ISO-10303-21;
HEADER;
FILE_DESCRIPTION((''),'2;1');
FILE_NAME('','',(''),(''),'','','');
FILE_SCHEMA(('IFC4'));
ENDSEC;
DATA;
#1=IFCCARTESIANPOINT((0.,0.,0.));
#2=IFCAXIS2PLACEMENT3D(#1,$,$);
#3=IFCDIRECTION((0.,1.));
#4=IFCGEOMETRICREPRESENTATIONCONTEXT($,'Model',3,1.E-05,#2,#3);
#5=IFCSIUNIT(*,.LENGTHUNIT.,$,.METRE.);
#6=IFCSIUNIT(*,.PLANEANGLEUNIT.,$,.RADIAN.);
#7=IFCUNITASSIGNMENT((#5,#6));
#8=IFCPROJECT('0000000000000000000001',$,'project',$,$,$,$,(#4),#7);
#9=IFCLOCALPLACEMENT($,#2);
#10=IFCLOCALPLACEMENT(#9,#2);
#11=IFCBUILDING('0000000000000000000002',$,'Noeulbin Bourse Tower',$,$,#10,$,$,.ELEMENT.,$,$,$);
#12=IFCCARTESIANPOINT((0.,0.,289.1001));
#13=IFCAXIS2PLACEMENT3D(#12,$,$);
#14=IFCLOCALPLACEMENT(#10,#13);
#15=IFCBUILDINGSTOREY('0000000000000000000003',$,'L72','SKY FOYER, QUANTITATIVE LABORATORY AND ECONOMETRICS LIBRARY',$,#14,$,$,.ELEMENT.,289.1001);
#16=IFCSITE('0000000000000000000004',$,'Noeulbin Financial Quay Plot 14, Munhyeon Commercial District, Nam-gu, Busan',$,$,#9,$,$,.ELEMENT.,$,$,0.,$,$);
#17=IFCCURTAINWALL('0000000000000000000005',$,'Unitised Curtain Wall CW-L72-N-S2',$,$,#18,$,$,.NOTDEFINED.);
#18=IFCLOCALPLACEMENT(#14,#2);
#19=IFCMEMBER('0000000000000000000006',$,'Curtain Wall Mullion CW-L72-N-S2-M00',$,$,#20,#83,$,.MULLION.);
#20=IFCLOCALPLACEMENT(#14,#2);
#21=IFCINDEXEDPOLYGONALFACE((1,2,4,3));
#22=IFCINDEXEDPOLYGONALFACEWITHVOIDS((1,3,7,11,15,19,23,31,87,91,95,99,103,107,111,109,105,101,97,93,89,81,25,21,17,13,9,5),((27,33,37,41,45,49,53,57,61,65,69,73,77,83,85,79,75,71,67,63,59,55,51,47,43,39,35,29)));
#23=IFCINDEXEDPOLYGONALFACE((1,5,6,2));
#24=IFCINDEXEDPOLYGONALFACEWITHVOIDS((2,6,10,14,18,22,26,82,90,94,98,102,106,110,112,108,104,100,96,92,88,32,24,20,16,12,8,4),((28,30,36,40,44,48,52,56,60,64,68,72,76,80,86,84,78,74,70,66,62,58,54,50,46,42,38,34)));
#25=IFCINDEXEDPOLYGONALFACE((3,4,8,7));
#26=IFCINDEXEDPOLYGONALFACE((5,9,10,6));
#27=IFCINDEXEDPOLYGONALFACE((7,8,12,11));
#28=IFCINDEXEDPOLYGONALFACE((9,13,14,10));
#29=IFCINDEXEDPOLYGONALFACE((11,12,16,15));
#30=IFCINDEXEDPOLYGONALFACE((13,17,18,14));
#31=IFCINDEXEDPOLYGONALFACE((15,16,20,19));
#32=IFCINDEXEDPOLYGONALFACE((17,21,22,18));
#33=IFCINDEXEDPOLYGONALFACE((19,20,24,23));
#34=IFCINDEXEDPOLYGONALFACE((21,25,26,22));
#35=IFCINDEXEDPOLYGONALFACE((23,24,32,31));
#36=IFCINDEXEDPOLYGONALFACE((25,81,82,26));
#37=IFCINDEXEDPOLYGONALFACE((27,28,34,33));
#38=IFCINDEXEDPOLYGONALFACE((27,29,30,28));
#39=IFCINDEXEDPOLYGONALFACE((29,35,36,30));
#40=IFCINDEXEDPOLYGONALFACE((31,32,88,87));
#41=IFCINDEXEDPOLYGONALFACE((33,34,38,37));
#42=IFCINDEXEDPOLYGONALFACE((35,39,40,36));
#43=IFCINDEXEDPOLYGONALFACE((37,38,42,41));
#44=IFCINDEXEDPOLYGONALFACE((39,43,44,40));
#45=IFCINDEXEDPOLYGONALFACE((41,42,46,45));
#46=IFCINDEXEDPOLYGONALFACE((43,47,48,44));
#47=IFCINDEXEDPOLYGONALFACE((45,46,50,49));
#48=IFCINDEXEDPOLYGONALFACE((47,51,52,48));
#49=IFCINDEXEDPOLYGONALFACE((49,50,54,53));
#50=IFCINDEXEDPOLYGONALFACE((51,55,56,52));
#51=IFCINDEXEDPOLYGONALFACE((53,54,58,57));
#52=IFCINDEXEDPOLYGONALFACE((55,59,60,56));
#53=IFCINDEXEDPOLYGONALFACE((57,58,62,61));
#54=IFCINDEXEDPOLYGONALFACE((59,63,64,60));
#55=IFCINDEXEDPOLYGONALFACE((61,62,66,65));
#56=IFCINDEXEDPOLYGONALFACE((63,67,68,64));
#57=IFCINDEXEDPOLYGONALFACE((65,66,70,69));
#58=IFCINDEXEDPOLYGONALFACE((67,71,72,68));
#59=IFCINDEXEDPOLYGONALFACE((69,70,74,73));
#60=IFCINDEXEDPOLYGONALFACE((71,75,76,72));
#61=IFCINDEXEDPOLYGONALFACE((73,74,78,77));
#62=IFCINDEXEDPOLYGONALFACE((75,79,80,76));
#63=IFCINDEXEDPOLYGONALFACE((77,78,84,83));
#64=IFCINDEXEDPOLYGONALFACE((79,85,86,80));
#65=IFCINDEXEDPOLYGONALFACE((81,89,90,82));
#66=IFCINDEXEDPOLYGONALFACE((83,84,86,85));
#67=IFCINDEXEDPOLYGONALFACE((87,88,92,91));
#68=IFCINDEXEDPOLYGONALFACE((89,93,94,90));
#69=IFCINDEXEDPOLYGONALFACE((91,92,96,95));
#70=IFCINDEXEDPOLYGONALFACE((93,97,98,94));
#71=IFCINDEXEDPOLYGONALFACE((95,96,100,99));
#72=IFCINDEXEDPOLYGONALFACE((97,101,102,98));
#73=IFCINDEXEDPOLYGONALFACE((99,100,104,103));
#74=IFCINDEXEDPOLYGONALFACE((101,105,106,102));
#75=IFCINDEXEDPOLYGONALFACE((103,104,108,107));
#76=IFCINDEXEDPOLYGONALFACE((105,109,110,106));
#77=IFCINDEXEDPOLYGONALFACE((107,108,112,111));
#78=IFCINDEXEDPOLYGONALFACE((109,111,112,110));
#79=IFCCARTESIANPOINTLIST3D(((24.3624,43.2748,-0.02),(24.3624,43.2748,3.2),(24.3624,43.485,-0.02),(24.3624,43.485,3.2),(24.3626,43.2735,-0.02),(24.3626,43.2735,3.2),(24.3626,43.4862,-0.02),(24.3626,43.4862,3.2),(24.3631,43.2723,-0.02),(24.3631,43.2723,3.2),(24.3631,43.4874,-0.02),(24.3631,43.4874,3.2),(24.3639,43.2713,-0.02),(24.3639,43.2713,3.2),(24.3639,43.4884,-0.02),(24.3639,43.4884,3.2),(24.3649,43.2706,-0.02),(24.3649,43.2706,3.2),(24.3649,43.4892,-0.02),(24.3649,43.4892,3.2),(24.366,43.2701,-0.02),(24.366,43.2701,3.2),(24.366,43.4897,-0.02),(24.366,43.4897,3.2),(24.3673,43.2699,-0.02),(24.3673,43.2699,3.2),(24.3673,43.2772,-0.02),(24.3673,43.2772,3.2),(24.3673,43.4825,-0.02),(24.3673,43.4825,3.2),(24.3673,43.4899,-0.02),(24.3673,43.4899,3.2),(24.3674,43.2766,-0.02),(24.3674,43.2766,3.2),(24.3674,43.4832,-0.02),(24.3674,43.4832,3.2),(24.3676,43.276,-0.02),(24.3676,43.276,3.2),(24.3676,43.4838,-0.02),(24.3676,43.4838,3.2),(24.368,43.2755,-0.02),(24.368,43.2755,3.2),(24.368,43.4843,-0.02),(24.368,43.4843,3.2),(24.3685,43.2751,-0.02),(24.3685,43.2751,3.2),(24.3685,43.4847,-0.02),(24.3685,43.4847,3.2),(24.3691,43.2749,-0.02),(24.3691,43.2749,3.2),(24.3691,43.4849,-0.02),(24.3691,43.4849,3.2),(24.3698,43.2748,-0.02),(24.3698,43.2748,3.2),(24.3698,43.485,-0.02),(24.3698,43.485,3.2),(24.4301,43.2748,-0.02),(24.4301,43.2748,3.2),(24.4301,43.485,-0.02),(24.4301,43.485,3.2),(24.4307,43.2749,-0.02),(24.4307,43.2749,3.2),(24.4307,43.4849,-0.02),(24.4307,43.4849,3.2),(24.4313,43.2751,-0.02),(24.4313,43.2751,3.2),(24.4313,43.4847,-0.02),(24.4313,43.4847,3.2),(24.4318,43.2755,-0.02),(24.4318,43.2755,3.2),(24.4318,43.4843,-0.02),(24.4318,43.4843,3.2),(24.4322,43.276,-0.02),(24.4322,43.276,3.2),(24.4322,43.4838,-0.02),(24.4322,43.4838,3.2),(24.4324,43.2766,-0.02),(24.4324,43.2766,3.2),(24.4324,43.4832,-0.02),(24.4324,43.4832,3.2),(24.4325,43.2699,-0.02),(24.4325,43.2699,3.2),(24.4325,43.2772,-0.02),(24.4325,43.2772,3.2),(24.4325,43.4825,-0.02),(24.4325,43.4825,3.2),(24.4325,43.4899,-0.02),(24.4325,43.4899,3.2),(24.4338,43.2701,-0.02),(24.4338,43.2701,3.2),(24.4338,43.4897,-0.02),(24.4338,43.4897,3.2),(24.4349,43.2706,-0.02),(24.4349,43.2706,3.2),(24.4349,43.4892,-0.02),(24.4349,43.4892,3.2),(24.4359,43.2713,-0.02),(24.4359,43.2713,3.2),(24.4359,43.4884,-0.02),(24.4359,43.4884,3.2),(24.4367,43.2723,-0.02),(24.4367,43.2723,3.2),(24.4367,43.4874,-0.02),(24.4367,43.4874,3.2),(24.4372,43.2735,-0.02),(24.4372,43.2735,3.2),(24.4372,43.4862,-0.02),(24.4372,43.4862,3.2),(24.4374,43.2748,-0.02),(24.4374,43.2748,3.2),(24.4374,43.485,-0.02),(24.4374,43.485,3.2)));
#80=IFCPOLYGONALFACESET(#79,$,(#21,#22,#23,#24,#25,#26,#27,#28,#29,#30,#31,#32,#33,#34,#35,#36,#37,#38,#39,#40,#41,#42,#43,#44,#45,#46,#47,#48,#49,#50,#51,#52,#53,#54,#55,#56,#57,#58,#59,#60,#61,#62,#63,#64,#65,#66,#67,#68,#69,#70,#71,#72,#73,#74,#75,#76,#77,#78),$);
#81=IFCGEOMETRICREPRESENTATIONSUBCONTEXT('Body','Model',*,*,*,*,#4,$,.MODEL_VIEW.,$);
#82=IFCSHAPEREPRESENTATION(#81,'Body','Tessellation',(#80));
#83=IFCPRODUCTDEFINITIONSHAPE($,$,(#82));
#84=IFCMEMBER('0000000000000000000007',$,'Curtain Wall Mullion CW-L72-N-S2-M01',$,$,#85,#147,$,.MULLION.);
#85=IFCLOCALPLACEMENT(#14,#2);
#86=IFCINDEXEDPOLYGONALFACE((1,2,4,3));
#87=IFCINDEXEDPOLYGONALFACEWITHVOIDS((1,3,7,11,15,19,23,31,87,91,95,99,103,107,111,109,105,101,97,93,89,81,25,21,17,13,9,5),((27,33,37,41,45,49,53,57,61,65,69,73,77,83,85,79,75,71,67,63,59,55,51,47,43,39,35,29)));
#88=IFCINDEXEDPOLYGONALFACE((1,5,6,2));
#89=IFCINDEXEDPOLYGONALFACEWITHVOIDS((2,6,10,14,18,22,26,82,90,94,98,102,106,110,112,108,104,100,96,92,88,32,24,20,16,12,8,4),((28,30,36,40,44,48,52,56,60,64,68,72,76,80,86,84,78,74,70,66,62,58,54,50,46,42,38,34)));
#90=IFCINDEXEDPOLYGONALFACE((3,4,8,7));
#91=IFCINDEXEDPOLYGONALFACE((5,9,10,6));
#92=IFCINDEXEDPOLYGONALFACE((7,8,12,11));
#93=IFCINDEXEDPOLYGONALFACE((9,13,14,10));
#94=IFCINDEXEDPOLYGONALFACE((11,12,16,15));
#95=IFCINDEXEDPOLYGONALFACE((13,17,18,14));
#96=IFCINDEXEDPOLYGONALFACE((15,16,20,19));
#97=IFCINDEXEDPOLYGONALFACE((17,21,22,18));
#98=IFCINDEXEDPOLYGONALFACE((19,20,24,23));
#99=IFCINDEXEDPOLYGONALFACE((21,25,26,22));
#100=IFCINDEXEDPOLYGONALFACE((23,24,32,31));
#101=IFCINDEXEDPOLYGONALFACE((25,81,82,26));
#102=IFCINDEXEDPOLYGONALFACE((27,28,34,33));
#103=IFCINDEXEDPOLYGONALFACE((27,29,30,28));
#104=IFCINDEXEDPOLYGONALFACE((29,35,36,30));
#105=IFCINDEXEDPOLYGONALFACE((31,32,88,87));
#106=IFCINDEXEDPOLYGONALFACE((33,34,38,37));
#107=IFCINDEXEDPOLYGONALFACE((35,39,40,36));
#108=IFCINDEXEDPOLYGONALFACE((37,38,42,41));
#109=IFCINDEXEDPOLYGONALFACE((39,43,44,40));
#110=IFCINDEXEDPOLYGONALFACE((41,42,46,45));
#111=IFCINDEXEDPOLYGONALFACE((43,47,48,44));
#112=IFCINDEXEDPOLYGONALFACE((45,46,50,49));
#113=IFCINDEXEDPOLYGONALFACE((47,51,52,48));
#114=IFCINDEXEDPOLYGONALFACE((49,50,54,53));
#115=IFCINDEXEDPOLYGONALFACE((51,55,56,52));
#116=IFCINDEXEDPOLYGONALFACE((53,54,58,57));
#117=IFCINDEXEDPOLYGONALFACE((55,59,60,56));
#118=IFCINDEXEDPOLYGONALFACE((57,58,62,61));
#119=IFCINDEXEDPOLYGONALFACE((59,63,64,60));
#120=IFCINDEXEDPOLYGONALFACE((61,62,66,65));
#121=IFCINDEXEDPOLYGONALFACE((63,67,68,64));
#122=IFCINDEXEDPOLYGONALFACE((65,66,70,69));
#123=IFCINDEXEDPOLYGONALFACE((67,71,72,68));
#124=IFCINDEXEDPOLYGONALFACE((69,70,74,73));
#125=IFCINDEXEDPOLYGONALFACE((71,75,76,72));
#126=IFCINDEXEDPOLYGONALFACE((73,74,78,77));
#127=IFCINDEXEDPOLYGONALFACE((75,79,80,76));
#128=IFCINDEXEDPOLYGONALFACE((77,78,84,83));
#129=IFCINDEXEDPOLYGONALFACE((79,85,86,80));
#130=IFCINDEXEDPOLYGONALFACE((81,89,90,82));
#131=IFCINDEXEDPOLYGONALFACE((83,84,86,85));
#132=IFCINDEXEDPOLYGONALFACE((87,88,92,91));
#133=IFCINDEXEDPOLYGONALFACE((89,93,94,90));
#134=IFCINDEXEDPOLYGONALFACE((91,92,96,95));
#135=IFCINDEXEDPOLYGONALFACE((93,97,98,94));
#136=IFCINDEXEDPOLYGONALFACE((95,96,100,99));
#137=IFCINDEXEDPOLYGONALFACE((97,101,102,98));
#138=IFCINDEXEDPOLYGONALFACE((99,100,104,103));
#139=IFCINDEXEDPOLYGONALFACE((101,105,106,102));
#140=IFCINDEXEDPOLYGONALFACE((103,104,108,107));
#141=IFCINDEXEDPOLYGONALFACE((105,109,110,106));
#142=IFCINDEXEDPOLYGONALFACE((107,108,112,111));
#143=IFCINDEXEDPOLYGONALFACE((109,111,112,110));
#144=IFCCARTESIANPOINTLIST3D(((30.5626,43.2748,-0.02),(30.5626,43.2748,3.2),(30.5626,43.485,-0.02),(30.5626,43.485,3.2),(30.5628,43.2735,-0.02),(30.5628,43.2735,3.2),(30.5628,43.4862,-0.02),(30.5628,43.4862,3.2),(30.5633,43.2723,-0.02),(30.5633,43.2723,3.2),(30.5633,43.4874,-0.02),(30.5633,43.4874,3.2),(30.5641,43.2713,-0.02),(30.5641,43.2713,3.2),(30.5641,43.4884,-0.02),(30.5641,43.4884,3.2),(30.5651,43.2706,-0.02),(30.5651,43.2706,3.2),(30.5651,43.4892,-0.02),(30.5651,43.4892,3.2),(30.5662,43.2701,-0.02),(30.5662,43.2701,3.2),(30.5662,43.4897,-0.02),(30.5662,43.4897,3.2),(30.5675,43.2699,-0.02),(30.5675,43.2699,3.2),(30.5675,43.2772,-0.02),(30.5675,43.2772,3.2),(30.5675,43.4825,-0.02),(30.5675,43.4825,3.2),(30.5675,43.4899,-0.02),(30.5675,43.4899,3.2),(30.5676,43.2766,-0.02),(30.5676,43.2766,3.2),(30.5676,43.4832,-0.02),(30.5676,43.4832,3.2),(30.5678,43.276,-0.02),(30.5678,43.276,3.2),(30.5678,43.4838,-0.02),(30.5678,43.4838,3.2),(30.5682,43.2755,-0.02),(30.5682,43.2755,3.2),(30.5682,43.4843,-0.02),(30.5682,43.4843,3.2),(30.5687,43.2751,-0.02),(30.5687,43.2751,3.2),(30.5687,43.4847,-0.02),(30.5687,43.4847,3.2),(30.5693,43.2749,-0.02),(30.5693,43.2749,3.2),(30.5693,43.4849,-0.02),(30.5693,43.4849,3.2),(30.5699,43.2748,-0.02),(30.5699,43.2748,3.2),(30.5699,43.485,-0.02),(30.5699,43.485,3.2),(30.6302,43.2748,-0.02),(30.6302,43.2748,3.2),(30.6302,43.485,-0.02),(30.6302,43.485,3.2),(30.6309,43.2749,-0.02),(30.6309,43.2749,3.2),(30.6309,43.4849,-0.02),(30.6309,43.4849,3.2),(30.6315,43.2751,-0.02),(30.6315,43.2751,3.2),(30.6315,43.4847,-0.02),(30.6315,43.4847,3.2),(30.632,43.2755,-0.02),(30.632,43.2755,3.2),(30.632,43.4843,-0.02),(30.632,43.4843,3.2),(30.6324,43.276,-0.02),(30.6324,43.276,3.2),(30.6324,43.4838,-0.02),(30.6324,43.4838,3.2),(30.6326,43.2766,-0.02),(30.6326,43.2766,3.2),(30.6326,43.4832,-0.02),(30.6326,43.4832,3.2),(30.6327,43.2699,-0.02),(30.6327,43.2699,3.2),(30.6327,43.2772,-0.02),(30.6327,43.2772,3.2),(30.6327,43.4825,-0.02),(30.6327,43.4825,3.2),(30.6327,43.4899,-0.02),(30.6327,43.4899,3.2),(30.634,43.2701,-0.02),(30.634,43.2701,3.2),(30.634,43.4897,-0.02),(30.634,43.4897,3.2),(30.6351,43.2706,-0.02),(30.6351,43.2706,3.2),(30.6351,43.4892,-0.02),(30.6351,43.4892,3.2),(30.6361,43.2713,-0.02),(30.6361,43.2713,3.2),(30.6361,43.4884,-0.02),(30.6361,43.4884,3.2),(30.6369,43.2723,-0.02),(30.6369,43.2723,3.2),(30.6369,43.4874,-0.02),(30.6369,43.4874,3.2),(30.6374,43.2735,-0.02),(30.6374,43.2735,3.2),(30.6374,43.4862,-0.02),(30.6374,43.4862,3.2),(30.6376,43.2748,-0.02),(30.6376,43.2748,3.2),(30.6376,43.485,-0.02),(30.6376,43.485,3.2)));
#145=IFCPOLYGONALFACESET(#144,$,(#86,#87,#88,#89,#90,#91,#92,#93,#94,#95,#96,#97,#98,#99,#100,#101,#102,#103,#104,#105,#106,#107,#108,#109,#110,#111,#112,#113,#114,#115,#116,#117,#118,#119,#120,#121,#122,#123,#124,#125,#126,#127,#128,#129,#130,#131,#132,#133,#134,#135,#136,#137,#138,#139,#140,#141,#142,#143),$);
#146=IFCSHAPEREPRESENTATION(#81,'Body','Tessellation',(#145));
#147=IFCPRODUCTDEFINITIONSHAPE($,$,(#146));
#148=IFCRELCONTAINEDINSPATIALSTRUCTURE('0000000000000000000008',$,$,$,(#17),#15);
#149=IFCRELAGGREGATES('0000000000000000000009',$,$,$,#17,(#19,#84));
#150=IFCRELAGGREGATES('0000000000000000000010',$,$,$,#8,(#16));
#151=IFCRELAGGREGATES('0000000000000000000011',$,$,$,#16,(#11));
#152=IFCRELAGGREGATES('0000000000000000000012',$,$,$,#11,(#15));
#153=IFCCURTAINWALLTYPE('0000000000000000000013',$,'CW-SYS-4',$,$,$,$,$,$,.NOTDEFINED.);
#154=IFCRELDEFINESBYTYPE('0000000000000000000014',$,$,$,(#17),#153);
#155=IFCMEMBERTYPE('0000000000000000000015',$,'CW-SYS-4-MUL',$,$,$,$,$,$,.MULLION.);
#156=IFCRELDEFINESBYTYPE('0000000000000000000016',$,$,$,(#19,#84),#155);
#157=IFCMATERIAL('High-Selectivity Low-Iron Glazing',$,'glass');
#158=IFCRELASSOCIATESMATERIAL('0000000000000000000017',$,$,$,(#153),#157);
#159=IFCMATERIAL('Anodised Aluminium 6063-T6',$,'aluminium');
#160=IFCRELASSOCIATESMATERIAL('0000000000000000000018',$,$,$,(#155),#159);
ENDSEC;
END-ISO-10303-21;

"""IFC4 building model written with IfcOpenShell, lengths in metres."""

from ifc_helpers import new_model, si_unit, direction, frame, origin, origin_2d, place, context, subcontext, project, spatial, hollow_rectangle, extrude, material, material_profile, profile_set, type_object, element, aggregate, save


model = new_model("IFC4")

# Units and contexts
model_context = context("Model", 3, precision=1e-05, world=origin(), true_north=direction((0.0, 1.0)))
body_context = subcontext(model_context, "Body", "Model", "MODEL_VIEW")
ifc_project = project(units=[si_unit("LENGTHUNIT", "METRE"), si_unit("PLANEANGLEUNIT", "RADIAN")], contexts=[model_context])

# Site, building, storey
site_placement = place(None, origin())
site = spatial("IfcSite", under=ifc_project, at=site_placement, Name="Noeulbin Financial Quay Plot 14, Munhyeon Commercial District, Nam-gu, Busan", CompositionType="ELEMENT", RefElevation=0.0)
building_placement = place(site_placement, origin())
building = spatial("IfcBuilding", under=site, at=building_placement, Name="Noeulbin Bourse Tower", CompositionType="ELEMENT")
storey_placement = place(building_placement, frame((0.0, 0.0, 289.1001)))
storey = spatial("IfcBuildingStorey", under=building, at=storey_placement, Name="L72", Description="SKY FOYER, QUANTITATIVE LABORATORY AND ECONOMETRICS LIBRARY", CompositionType="ELEMENT", Elevation=289.1001)

# Curtain wall, members
ifc_material_1 = material(Name="High-Selectivity Low-Iron Glazing", Category="glass")
curtain_wall_type = type_object("IfcCurtainWallType", Name="CW-SYS-4", PredefinedType="NOTDEFINED", material=ifc_material_1)
ifc_material_2 = material(Name="Anodised Aluminium 6063-T6", Category="aluminium")
ifc_material_profile_1 = material_profile(ifc_material_2, hollow_rectangle(XDim=0.075, YDim=0.22, WallThickness=0.0049, InnerFilletRadius=0.0024, OuterFilletRadius=0.0049, at=origin_2d()), Name="ALU-MULL-75x220x5", Category="LoadBearing")
ifc_profile_set_1 = profile_set([ifc_material_profile_1], Name="Anodised Aluminium 6063-T6")
member_type_1 = type_object("IfcMemberType", Name="CW-SYS-4-MUL", PredefinedType="MULLION", material=ifc_profile_set_1)
curtain_wall_1_placement = place(storey_placement, origin())
curtain_wall_1 = element("IfcCurtainWall", 1, at=curtain_wall_1_placement, inside=storey, type_object=curtain_wall_type, Name="Unitised Curtain Wall CW-L72-N-S2", PredefinedType="NOTDEFINED")
member_1_placement = place(storey_placement, frame((24.3999, 43.3799, -0.02), z_axis=(0.0, 0.0, 1.0), x_axis=(1.0, 0.0, 0.0)))
member_1 = element("IfcMember", 2, at=member_1_placement, type_object=member_type_1, Name="Curtain Wall Mullion CW-L72-N-S2-M00", PredefinedType="MULLION", context=body_context, shape_type="SweptSolid", body=[
    extrude(hollow_rectangle(XDim=0.075, YDim=0.22, WallThickness=0.0049, InnerFilletRadius=0.0024, OuterFilletRadius=0.0049, at=origin_2d()), origin(), (0.0, 0.0, 1.0), 3.22),
])
member_2_placement = place(storey_placement, frame((30.6001, 43.3799, -0.02), z_axis=(0.0, 0.0, 1.0), x_axis=(1.0, 0.0, 0.0)))
member_2 = element("IfcMember", 3, at=member_2_placement, type_object=member_type_1, Name="Curtain Wall Mullion CW-L72-N-S2-M01", PredefinedType="MULLION", context=body_context, shape_type="SweptSolid", body=[
    extrude(hollow_rectangle(XDim=0.075, YDim=0.22, WallThickness=0.0049, InnerFilletRadius=0.0024, OuterFilletRadius=0.0049, at=origin_2d()), origin(), (0.0, 0.0, 1.0), 3.22),
])

aggregate(curtain_wall_1, [member_1, member_2])

save(model, "model.ifc")
